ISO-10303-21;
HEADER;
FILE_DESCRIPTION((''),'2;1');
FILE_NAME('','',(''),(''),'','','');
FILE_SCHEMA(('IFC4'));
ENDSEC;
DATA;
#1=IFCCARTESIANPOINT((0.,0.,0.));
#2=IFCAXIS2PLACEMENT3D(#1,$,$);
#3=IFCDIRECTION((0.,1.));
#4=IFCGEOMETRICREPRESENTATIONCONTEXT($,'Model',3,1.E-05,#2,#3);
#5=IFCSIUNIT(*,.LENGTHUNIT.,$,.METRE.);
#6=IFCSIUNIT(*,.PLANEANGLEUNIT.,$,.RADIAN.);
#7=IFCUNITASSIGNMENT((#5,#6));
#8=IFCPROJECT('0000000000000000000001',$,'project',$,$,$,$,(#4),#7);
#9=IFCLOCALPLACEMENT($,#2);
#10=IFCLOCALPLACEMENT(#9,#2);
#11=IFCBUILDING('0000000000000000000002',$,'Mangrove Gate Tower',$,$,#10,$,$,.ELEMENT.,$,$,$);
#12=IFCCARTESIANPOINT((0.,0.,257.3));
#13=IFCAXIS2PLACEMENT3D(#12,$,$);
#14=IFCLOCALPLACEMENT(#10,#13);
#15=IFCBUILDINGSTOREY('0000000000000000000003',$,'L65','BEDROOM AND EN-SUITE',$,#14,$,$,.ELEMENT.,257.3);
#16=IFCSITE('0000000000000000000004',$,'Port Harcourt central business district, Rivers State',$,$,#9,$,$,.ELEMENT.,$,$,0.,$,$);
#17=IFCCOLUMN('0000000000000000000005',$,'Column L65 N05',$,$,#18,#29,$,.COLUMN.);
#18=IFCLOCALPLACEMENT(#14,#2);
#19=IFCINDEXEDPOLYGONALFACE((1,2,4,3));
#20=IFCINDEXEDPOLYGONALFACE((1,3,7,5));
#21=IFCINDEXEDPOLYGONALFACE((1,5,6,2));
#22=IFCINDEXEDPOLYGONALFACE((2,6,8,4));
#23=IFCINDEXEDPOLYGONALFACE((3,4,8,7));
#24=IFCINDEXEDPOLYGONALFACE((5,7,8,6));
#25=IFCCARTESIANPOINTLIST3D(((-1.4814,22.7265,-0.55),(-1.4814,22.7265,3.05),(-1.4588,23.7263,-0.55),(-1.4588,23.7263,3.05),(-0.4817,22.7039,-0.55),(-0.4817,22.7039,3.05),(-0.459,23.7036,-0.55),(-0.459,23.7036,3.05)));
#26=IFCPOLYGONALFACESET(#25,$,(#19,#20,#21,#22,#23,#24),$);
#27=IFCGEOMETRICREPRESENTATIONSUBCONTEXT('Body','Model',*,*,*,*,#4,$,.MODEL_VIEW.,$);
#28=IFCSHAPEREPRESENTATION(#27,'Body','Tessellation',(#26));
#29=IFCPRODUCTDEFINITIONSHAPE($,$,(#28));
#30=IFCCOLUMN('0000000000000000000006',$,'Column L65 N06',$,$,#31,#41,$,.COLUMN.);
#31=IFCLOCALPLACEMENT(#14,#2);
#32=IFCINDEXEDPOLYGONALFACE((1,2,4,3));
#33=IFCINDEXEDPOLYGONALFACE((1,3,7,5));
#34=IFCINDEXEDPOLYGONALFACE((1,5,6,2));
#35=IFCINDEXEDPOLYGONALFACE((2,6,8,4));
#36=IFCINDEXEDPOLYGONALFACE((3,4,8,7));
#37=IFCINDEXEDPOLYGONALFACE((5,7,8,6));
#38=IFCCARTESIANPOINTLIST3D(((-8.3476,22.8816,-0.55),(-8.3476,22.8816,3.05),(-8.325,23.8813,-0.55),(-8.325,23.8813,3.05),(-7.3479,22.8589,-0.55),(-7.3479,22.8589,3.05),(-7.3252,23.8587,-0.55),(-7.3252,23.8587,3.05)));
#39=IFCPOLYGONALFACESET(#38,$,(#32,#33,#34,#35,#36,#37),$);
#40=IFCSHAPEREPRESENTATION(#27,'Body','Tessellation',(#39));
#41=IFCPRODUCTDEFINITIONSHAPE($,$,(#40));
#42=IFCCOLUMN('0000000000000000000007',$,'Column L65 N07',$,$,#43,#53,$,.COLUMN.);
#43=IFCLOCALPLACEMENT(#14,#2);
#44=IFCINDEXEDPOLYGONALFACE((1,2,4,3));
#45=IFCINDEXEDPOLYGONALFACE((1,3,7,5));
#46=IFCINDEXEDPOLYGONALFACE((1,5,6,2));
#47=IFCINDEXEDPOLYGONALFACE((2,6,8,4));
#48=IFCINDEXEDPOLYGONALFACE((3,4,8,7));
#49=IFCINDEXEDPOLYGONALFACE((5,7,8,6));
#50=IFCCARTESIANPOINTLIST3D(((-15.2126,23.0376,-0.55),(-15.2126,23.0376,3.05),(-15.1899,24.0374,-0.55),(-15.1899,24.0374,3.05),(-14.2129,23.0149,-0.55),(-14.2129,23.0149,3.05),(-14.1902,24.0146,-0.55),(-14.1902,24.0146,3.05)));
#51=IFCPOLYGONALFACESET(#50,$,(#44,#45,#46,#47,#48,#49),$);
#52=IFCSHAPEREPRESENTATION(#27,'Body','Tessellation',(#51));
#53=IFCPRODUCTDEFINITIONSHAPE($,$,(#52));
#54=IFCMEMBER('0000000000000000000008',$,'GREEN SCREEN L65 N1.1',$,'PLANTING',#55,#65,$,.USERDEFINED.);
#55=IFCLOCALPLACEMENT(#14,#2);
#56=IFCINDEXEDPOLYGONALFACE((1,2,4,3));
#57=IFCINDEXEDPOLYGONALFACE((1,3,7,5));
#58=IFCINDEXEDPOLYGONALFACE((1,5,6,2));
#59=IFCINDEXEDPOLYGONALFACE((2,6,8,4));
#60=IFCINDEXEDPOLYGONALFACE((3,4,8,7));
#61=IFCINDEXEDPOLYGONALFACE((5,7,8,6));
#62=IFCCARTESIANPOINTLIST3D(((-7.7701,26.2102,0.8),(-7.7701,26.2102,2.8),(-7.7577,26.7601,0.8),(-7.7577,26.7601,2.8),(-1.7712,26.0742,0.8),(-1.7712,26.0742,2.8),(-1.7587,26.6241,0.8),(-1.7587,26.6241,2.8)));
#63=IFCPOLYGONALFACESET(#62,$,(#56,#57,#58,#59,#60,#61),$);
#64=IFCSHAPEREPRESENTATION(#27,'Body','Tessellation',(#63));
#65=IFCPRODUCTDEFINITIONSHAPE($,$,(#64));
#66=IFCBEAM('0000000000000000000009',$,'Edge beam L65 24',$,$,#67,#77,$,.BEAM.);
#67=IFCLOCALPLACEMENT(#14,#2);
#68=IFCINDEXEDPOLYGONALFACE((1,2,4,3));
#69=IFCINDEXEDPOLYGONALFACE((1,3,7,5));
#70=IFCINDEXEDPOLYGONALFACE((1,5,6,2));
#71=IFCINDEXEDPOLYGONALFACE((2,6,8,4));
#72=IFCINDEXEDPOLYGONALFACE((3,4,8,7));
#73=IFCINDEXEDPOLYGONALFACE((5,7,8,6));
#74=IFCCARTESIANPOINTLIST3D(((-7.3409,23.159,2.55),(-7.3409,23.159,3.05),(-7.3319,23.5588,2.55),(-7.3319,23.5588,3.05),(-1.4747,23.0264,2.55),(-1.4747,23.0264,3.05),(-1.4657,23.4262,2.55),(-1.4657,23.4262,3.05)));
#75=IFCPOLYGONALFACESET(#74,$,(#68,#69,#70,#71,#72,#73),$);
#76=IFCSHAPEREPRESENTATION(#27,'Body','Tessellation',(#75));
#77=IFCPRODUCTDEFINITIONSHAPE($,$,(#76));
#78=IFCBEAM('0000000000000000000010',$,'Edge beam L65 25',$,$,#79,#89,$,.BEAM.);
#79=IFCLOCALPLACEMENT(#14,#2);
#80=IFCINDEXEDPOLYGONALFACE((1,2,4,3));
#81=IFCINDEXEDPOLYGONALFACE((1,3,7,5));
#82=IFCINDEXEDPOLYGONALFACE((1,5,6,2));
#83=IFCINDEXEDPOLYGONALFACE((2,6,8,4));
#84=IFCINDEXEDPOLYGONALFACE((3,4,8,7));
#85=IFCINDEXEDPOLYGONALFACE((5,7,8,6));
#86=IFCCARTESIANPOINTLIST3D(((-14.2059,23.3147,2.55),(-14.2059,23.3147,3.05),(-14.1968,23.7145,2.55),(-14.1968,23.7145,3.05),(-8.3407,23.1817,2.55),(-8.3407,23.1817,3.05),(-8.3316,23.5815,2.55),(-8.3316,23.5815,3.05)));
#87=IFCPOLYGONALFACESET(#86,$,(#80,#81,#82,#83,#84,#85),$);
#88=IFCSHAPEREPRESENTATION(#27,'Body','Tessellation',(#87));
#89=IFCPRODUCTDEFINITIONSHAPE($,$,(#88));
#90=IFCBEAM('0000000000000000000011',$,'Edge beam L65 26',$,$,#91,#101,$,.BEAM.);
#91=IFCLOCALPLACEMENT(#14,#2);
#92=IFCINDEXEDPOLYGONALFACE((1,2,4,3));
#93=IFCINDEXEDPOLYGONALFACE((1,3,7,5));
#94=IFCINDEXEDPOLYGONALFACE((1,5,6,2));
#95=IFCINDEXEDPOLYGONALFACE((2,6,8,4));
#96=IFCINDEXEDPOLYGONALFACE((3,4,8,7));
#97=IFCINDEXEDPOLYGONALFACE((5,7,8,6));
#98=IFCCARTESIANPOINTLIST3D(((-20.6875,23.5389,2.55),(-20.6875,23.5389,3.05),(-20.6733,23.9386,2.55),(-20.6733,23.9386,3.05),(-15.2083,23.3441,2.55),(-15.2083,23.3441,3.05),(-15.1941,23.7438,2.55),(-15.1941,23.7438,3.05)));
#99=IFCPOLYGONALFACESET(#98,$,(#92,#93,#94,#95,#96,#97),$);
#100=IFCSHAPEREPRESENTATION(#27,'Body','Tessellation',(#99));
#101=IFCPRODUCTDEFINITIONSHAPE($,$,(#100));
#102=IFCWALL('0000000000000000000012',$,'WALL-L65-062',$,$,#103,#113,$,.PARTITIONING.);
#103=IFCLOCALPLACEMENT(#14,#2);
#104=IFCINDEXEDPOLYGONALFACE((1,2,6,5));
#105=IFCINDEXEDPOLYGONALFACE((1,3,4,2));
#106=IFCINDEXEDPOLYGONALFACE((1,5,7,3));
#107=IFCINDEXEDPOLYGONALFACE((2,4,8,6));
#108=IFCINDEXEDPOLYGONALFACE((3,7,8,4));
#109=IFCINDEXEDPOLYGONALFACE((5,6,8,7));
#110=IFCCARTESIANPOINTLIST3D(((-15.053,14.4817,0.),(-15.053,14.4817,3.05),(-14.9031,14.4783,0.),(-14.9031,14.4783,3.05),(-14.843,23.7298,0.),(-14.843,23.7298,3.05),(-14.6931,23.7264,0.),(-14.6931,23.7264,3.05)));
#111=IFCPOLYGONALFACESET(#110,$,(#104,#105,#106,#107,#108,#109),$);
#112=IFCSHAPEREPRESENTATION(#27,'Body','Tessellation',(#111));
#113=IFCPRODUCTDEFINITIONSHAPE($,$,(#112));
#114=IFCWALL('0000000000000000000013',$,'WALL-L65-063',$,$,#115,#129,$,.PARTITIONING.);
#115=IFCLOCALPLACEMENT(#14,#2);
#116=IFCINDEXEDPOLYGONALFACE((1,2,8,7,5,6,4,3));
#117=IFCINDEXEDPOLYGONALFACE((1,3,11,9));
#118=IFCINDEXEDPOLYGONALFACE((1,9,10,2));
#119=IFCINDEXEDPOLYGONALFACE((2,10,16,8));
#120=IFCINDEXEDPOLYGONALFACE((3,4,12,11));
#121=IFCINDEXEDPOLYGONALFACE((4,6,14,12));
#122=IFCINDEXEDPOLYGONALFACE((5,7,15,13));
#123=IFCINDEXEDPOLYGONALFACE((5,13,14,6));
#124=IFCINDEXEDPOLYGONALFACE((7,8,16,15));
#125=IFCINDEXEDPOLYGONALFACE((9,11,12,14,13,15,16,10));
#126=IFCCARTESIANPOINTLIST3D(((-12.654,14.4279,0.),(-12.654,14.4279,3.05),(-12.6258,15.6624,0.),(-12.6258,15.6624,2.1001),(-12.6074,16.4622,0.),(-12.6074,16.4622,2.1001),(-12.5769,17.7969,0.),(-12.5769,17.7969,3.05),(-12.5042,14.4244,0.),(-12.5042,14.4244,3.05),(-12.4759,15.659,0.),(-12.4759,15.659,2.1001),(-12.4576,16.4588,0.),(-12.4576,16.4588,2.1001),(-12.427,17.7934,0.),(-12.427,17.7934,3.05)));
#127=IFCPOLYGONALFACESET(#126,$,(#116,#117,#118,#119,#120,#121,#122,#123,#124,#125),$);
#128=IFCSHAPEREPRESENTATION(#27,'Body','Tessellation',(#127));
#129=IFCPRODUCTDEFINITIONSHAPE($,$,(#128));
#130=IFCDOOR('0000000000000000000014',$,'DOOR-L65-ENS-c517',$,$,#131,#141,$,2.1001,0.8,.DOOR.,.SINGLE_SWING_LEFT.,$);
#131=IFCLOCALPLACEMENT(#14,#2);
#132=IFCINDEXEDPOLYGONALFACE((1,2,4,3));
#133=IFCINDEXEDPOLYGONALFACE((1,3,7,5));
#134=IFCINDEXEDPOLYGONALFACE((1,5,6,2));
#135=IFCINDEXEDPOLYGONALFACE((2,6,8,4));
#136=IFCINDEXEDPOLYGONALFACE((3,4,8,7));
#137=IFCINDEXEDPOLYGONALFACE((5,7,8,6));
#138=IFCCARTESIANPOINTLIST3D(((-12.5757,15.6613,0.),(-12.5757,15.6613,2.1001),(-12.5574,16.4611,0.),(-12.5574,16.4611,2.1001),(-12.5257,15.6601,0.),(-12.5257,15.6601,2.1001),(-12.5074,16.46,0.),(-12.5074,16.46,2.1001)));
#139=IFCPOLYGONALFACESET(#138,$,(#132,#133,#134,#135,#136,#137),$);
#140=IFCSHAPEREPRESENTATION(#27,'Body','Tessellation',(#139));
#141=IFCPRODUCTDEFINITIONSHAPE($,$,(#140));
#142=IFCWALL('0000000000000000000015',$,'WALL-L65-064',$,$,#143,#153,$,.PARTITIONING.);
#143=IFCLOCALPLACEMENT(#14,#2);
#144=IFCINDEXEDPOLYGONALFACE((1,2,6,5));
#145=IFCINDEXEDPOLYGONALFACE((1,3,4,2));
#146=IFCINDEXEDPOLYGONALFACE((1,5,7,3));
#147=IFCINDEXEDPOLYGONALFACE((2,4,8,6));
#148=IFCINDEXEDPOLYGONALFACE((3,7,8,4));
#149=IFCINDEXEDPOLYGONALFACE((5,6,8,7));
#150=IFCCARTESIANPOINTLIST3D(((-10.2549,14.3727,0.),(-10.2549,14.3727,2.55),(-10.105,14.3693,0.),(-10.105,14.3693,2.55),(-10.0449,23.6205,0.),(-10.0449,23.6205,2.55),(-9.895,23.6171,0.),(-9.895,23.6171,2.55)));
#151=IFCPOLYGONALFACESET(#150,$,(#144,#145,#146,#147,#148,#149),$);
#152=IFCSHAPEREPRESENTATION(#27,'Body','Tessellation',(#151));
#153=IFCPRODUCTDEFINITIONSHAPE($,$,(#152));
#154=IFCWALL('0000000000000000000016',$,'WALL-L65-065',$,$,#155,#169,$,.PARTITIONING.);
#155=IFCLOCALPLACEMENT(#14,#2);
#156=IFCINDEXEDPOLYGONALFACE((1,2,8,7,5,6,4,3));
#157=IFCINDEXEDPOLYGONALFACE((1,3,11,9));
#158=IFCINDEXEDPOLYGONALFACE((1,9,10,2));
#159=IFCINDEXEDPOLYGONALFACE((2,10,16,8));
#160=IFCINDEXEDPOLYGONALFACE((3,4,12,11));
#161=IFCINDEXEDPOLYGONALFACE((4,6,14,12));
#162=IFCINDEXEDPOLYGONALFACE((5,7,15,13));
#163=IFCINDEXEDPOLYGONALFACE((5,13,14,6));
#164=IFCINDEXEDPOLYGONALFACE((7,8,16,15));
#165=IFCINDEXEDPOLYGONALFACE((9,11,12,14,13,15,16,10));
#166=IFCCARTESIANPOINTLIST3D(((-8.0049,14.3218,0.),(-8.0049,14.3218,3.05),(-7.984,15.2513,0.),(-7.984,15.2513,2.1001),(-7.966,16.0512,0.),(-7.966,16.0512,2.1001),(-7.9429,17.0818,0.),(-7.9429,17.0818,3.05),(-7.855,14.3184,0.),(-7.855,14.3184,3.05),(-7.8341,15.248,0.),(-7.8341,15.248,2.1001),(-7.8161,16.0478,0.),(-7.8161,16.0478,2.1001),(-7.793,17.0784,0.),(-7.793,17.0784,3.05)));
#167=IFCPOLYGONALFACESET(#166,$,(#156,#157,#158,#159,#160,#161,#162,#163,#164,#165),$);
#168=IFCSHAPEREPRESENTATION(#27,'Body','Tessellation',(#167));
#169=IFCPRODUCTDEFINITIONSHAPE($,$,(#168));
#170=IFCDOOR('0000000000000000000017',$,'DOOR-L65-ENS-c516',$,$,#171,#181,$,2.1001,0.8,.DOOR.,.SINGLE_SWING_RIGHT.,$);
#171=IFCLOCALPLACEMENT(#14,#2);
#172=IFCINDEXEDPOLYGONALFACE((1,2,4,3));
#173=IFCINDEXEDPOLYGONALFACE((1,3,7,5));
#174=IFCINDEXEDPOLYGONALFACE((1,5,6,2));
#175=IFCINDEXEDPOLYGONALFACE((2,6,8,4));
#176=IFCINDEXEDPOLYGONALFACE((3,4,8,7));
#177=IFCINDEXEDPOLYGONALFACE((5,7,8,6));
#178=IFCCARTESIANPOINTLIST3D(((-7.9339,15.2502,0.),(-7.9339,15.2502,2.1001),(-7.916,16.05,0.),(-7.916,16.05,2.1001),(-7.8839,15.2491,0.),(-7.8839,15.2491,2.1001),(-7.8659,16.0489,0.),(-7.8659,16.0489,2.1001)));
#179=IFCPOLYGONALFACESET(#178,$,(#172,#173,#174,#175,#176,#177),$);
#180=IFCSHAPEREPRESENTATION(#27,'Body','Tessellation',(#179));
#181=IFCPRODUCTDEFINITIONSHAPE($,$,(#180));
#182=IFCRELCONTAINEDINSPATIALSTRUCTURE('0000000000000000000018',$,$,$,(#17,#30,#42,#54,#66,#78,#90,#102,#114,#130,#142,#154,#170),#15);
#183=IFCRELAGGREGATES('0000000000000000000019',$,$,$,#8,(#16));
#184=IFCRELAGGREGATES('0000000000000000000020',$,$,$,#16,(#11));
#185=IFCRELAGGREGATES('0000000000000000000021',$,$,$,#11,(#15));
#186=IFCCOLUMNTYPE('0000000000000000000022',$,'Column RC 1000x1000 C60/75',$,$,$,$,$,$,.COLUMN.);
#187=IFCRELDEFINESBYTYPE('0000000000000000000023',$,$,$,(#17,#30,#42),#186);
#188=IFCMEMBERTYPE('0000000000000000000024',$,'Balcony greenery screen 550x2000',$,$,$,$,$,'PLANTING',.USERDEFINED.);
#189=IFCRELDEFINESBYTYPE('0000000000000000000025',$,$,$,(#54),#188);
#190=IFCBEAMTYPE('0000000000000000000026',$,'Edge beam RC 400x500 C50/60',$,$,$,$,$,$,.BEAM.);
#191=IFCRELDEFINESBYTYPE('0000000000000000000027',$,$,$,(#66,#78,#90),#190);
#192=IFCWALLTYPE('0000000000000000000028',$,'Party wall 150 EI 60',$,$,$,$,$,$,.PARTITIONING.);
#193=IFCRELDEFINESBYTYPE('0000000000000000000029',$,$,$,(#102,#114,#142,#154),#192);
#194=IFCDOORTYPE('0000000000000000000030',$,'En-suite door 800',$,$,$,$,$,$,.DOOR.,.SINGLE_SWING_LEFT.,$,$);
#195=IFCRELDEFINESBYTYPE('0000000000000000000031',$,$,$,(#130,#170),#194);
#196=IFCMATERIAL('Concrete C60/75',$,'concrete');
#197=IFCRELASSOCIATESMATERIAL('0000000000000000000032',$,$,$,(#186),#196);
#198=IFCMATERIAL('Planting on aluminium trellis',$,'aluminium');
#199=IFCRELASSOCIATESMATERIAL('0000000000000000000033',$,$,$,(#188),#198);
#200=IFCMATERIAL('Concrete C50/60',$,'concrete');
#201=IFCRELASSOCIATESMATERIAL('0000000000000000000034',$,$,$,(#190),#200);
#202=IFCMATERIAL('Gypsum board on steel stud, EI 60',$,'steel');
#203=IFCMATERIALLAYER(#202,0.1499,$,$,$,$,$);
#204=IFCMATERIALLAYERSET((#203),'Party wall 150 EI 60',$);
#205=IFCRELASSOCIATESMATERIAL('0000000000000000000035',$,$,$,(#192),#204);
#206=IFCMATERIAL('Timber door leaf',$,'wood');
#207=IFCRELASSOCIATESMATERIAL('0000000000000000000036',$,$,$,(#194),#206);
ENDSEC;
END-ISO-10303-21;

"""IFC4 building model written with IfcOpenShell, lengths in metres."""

from ifc_helpers import new_model, si_unit, direction, frame, frame_2d, origin, origin_2d, place, context, subcontext, project, spatial, rectangle, extrude, material, layer, layer_set, material_profile, profile_set, type_object, element, fill, save


model = new_model("IFC4")

# Units and contexts
model_context = context("Model", 3, precision=1e-05, world=origin(), true_north=direction((0.0, 1.0)))
body_context = subcontext(model_context, "Body", "Model", "MODEL_VIEW")
ifc_project = project(units=[si_unit("LENGTHUNIT", "METRE"), si_unit("PLANEANGLEUNIT", "RADIAN")], contexts=[model_context])

# Site, building, storey
site_placement = place(None, origin())
site = spatial("IfcSite", under=ifc_project, at=site_placement, Name="Port Harcourt central business district, Rivers State", CompositionType="ELEMENT", RefElevation=0.0)
building_placement = place(site_placement, origin())
building = spatial("IfcBuilding", under=site, at=building_placement, Name="Mangrove Gate Tower", CompositionType="ELEMENT")
storey_placement = place(building_placement, frame((0.0, 0.0, 257.3)))
storey = spatial("IfcBuildingStorey", under=building, at=storey_placement, Name="L65", Description="BEDROOM AND EN-SUITE", CompositionType="ELEMENT", Elevation=257.3)

# Columns
ifc_material_1 = material(Name="Concrete C60/75", Category="concrete")
ifc_material_profile_1 = material_profile(ifc_material_1, rectangle(XDim=1.0, YDim=1.0, at=origin_2d()))
ifc_profile_set_1 = profile_set([ifc_material_profile_1], Name="Concrete C60/75")
column_type = type_object("IfcColumnType", Name="Column RC 1000x1000 C60/75", PredefinedType="COLUMN", material=ifc_profile_set_1)
for number, where, z_axis, x_axis, name in (
    (1, (-0.9702, 23.2151, -0.55), (0.0, 0.0, 1.0), (-0.999744, 0.022642, 0.0), "Column L65 N05"),
    (2, (-7.8364, 23.3701, -0.55), (0.0, 0.0, 1.0), (-0.999744, 0.022644, 0.0), "Column L65 N06"),
    (3, (-14.7014, 23.5261, -0.55), (0.0, 0.0, 1.0), (-0.999742, 0.022716, 0.0), "Column L65 N07"),
):
    element("IfcColumn", number, at=place(storey_placement, frame(where, z_axis=z_axis, x_axis=x_axis)), inside=storey, type_object=column_type, Name=name, PredefinedType="COLUMN", context=body_context, shape_type="SweptSolid", body=[
        extrude(rectangle(XDim=1.0, YDim=1.0, at=origin_2d()), origin(), (0.0, 0.0, 1.0), 3.6001),
    ])

# Member
ifc_material_2 = material(Name="Planting on aluminium trellis", Category="aluminium")
ifc_material_profile_2 = material_profile(ifc_material_2, rectangle(XDim=0.55, YDim=2.0, at=origin_2d()))
ifc_profile_set_2 = profile_set([ifc_material_profile_2], Name="Planting on aluminium trellis")
member_type = type_object("IfcMemberType", Name="Balcony greenery screen 550x2000", ElementType="PLANTING", PredefinedType="USERDEFINED", material=ifc_profile_set_2)
member_placement = place(storey_placement, frame((-7.7639, 26.4851, 1.8), z_axis=(0.999743, -0.022662, 0.0), x_axis=(0.022662, 0.999743, 0.0)))
element("IfcMember", 4, at=member_placement, inside=storey, type_object=member_type, Name="GREEN SCREEN L65 N1.1", ObjectType="PLANTING", PredefinedType="USERDEFINED", context=body_context, shape_type="SweptSolid", body=[
    extrude(rectangle(XDim=0.55, YDim=2.0, at=origin_2d()), origin(), (0.0, 0.0, 1.0), 6.0005),
])

# Beams
ifc_material_3 = material(Name="Concrete C50/60", Category="concrete")
ifc_material_profile_3 = material_profile(ifc_material_3, rectangle(XDim=0.3999, YDim=0.5, at=origin_2d()))
ifc_profile_set_3 = profile_set([ifc_material_profile_3], Name="Concrete C50/60")
beam_type = type_object("IfcBeamType", Name="Edge beam RC 400x500 C50/60", PredefinedType="BEAM", material=ifc_profile_set_3)
beam_1_placement = place(storey_placement, frame((-1.4702, 23.2263, 2.8), z_axis=(-0.999745, 0.022593, 0.0), x_axis=(-0.022593, -0.999745, 0.0)))
element("IfcBeam", 5, at=beam_1_placement, inside=storey, type_object=beam_type, Name="Edge beam L65 24", PredefinedType="BEAM", context=body_context, shape_type="SweptSolid", body=[
    extrude(rectangle(XDim=0.3999, YDim=0.5, at=origin_2d()), origin(), (0.0, 0.0, 1.0), 5.8677),
])
beam_2_placement = place(storey_placement, frame((-8.3362, 23.3816, 2.8), z_axis=(-0.999743, 0.02268, 0.0), x_axis=(-0.02268, -0.999743, 0.0)))
element("IfcBeam", 6, at=beam_2_placement, inside=storey, type_object=beam_type, Name="Edge beam L65 25", PredefinedType="BEAM", context=body_context, shape_type="SweptSolid", body=[
    extrude(rectangle(XDim=0.3999, YDim=0.5, at=origin_2d()), origin(), (0.0, 0.0, 1.0), 5.8667),
])
beam_3_placement = place(storey_placement, frame((-15.2012, 23.5439, 2.8), z_axis=(-0.999368, 0.035534, 0.0), x_axis=(-0.035534, -0.999368, 0.0)))
element("IfcBeam", 7, at=beam_3_placement, inside=storey, type_object=beam_type, Name="Edge beam L65 26", PredefinedType="BEAM", context=body_context, shape_type="SweptSolid", body=[
    extrude(rectangle(XDim=0.3999, YDim=0.5, at=origin_2d()), origin(), (0.0, 0.0, 1.0), 5.4827),
])

# Wall
ifc_material_4 = material(Name="Gypsum board on steel stud, EI 60", Category="steel")
ifc_layer_1 = layer(ifc_material_4, 0.1499)
ifc_layer_set_1 = layer_set([ifc_layer_1], Name="Party wall 150 EI 60")
wall_type_1 = type_object("IfcWallType", Name="Party wall 150 EI 60", PredefinedType="PARTITIONING", material=ifc_layer_set_1)
wall_1_placement = place(storey_placement, frame((-14.978, 14.48, 0.0), z_axis=(0.0, 0.0, 1.0), x_axis=(0.022697, 0.999742, 0.0)))
element("IfcWall", 8, at=wall_1_placement, inside=storey, type_object=wall_type_1, Name="WALL-L65-062", PredefinedType="PARTITIONING", context=body_context, shape_type="SweptSolid", body=[
    extrude(rectangle(XDim=9.2505, YDim=0.1499, at=frame_2d((4.6252, 0.0))), origin(), (0.0, 0.0, 1.0), 3.05),
])

# Wall, opening, door
wall_2_placement = place(storey_placement, frame((-12.5791, 14.426, 0.0), z_axis=(0.0, 0.0, 1.0), x_axis=(0.022894, 0.999738, 0.0)))
wall_2 = element("IfcWall", 9, at=wall_2_placement, inside=storey, type_object=wall_type_1, Name="WALL-L65-063", PredefinedType="PARTITIONING", context=body_context, shape_type="SweptSolid", body=[
    extrude(rectangle(XDim=3.3699, YDim=0.1499, at=frame_2d((1.6851, 0.0))), origin(), (0.0, 0.0, 1.0), 3.05),
])
opening_1_placement = place(wall_2_placement, frame((1.2351, 0.0, 0.0)))
opening_1 = element("IfcOpeningElement", 10, at=opening_1_placement, cuts=wall_2, PredefinedType="OPENING", context=body_context, shape_type="SweptSolid", body=[
    extrude(rectangle(XDim=0.8, YDim=2.1001, at=frame_2d((0.3999, 1.05))), frame((0.0, 0.085, 0.0), z_axis=(0.0, -1.0, 0.0), x_axis=(1.0, 0.0, 0.0)), (0.0, 0.0, 1.0), 0.1699),
])
ifc_material_5 = material(Name="Timber door leaf", Category="wood")
door_type = type_object("IfcDoorType", Name="En-suite door 800", OperationType="SINGLE_SWING_LEFT", PredefinedType="DOOR", material=ifc_material_5)
door_1_placement = place(opening_1_placement, origin())
door_1 = element("IfcDoor", 11, at=door_1_placement, inside=storey, type_object=door_type, Name="DOOR-L65-ENS-c517", OperationType="SINGLE_SWING_LEFT", OverallHeight=2.1001, OverallWidth=0.8, PredefinedType="DOOR", context=body_context, shape_type="SweptSolid", body=[
    extrude(rectangle(XDim=0.8, YDim=2.1001, at=frame_2d((0.3999, 1.05))), frame((0.0, 0.0249, 0.0), z_axis=(0.0, -1.0, 0.0), x_axis=(1.0, 0.0, 0.0)), (0.0, 0.0, 1.0), 0.05),
])
fill(opening_1, door_1)

# Wall
wall_3_placement = place(storey_placement, frame((-10.1799, 14.3711, 0.0), z_axis=(0.0, 0.0, 1.0), x_axis=(0.022698, 0.999742, 0.0)))
element("IfcWall", 12, at=wall_3_placement, inside=storey, type_object=wall_type_1, Name="WALL-L65-064", PredefinedType="PARTITIONING", context=body_context, shape_type="SweptSolid", body=[
    extrude(rectangle(XDim=9.2502, YDim=0.1499, at=frame_2d((4.625, 0.0))), origin(), (0.0, 0.0, 1.0), 2.55),
])

# Wall, opening, door
wall_4_placement = place(storey_placement, frame((-7.9299, 14.3201, 0.0), z_axis=(0.0, 0.0, 1.0), x_axis=(0.022462, 0.999748, 0.0)))
wall_4 = element("IfcWall", 13, at=wall_4_placement, inside=storey, type_object=wall_type_1, Name="WALL-L65-065", PredefinedType="PARTITIONING", context=body_context, shape_type="SweptSolid", body=[
    extrude(rectangle(XDim=2.7607, YDim=0.1499, at=frame_2d((1.3804, 0.0))), origin(), (0.0, 0.0, 1.0), 3.05),
])
opening_2_placement = place(wall_4_placement, frame((0.9299, 0.0, 0.0)))
opening_2 = element("IfcOpeningElement", 14, at=opening_2_placement, cuts=wall_4, PredefinedType="OPENING", context=body_context, shape_type="SweptSolid", body=[
    extrude(rectangle(XDim=0.8, YDim=2.1001, at=frame_2d((0.3999, 1.05))), frame((0.0, 0.085, 0.0), z_axis=(0.0, -1.0, 0.0), x_axis=(1.0, 0.0, 0.0)), (0.0, 0.0, 1.0), 0.1699),
])
door_2_placement = place(opening_2_placement, origin())
door_2 = element("IfcDoor", 15, at=door_2_placement, inside=storey, type_object=door_type, Name="DOOR-L65-ENS-c516", OperationType="SINGLE_SWING_RIGHT", OverallHeight=2.1001, OverallWidth=0.8, PredefinedType="DOOR", context=body_context, shape_type="SweptSolid", body=[
    extrude(rectangle(XDim=0.8, YDim=2.1001, at=frame_2d((0.3999, 1.05))), frame((0.0, 0.0249, 0.0), z_axis=(0.0, -1.0, 0.0), x_axis=(1.0, 0.0, 0.0)), (0.0, 0.0, 1.0), 0.05),
])
fill(opening_2, door_2)

save(model, "model.ifc")
